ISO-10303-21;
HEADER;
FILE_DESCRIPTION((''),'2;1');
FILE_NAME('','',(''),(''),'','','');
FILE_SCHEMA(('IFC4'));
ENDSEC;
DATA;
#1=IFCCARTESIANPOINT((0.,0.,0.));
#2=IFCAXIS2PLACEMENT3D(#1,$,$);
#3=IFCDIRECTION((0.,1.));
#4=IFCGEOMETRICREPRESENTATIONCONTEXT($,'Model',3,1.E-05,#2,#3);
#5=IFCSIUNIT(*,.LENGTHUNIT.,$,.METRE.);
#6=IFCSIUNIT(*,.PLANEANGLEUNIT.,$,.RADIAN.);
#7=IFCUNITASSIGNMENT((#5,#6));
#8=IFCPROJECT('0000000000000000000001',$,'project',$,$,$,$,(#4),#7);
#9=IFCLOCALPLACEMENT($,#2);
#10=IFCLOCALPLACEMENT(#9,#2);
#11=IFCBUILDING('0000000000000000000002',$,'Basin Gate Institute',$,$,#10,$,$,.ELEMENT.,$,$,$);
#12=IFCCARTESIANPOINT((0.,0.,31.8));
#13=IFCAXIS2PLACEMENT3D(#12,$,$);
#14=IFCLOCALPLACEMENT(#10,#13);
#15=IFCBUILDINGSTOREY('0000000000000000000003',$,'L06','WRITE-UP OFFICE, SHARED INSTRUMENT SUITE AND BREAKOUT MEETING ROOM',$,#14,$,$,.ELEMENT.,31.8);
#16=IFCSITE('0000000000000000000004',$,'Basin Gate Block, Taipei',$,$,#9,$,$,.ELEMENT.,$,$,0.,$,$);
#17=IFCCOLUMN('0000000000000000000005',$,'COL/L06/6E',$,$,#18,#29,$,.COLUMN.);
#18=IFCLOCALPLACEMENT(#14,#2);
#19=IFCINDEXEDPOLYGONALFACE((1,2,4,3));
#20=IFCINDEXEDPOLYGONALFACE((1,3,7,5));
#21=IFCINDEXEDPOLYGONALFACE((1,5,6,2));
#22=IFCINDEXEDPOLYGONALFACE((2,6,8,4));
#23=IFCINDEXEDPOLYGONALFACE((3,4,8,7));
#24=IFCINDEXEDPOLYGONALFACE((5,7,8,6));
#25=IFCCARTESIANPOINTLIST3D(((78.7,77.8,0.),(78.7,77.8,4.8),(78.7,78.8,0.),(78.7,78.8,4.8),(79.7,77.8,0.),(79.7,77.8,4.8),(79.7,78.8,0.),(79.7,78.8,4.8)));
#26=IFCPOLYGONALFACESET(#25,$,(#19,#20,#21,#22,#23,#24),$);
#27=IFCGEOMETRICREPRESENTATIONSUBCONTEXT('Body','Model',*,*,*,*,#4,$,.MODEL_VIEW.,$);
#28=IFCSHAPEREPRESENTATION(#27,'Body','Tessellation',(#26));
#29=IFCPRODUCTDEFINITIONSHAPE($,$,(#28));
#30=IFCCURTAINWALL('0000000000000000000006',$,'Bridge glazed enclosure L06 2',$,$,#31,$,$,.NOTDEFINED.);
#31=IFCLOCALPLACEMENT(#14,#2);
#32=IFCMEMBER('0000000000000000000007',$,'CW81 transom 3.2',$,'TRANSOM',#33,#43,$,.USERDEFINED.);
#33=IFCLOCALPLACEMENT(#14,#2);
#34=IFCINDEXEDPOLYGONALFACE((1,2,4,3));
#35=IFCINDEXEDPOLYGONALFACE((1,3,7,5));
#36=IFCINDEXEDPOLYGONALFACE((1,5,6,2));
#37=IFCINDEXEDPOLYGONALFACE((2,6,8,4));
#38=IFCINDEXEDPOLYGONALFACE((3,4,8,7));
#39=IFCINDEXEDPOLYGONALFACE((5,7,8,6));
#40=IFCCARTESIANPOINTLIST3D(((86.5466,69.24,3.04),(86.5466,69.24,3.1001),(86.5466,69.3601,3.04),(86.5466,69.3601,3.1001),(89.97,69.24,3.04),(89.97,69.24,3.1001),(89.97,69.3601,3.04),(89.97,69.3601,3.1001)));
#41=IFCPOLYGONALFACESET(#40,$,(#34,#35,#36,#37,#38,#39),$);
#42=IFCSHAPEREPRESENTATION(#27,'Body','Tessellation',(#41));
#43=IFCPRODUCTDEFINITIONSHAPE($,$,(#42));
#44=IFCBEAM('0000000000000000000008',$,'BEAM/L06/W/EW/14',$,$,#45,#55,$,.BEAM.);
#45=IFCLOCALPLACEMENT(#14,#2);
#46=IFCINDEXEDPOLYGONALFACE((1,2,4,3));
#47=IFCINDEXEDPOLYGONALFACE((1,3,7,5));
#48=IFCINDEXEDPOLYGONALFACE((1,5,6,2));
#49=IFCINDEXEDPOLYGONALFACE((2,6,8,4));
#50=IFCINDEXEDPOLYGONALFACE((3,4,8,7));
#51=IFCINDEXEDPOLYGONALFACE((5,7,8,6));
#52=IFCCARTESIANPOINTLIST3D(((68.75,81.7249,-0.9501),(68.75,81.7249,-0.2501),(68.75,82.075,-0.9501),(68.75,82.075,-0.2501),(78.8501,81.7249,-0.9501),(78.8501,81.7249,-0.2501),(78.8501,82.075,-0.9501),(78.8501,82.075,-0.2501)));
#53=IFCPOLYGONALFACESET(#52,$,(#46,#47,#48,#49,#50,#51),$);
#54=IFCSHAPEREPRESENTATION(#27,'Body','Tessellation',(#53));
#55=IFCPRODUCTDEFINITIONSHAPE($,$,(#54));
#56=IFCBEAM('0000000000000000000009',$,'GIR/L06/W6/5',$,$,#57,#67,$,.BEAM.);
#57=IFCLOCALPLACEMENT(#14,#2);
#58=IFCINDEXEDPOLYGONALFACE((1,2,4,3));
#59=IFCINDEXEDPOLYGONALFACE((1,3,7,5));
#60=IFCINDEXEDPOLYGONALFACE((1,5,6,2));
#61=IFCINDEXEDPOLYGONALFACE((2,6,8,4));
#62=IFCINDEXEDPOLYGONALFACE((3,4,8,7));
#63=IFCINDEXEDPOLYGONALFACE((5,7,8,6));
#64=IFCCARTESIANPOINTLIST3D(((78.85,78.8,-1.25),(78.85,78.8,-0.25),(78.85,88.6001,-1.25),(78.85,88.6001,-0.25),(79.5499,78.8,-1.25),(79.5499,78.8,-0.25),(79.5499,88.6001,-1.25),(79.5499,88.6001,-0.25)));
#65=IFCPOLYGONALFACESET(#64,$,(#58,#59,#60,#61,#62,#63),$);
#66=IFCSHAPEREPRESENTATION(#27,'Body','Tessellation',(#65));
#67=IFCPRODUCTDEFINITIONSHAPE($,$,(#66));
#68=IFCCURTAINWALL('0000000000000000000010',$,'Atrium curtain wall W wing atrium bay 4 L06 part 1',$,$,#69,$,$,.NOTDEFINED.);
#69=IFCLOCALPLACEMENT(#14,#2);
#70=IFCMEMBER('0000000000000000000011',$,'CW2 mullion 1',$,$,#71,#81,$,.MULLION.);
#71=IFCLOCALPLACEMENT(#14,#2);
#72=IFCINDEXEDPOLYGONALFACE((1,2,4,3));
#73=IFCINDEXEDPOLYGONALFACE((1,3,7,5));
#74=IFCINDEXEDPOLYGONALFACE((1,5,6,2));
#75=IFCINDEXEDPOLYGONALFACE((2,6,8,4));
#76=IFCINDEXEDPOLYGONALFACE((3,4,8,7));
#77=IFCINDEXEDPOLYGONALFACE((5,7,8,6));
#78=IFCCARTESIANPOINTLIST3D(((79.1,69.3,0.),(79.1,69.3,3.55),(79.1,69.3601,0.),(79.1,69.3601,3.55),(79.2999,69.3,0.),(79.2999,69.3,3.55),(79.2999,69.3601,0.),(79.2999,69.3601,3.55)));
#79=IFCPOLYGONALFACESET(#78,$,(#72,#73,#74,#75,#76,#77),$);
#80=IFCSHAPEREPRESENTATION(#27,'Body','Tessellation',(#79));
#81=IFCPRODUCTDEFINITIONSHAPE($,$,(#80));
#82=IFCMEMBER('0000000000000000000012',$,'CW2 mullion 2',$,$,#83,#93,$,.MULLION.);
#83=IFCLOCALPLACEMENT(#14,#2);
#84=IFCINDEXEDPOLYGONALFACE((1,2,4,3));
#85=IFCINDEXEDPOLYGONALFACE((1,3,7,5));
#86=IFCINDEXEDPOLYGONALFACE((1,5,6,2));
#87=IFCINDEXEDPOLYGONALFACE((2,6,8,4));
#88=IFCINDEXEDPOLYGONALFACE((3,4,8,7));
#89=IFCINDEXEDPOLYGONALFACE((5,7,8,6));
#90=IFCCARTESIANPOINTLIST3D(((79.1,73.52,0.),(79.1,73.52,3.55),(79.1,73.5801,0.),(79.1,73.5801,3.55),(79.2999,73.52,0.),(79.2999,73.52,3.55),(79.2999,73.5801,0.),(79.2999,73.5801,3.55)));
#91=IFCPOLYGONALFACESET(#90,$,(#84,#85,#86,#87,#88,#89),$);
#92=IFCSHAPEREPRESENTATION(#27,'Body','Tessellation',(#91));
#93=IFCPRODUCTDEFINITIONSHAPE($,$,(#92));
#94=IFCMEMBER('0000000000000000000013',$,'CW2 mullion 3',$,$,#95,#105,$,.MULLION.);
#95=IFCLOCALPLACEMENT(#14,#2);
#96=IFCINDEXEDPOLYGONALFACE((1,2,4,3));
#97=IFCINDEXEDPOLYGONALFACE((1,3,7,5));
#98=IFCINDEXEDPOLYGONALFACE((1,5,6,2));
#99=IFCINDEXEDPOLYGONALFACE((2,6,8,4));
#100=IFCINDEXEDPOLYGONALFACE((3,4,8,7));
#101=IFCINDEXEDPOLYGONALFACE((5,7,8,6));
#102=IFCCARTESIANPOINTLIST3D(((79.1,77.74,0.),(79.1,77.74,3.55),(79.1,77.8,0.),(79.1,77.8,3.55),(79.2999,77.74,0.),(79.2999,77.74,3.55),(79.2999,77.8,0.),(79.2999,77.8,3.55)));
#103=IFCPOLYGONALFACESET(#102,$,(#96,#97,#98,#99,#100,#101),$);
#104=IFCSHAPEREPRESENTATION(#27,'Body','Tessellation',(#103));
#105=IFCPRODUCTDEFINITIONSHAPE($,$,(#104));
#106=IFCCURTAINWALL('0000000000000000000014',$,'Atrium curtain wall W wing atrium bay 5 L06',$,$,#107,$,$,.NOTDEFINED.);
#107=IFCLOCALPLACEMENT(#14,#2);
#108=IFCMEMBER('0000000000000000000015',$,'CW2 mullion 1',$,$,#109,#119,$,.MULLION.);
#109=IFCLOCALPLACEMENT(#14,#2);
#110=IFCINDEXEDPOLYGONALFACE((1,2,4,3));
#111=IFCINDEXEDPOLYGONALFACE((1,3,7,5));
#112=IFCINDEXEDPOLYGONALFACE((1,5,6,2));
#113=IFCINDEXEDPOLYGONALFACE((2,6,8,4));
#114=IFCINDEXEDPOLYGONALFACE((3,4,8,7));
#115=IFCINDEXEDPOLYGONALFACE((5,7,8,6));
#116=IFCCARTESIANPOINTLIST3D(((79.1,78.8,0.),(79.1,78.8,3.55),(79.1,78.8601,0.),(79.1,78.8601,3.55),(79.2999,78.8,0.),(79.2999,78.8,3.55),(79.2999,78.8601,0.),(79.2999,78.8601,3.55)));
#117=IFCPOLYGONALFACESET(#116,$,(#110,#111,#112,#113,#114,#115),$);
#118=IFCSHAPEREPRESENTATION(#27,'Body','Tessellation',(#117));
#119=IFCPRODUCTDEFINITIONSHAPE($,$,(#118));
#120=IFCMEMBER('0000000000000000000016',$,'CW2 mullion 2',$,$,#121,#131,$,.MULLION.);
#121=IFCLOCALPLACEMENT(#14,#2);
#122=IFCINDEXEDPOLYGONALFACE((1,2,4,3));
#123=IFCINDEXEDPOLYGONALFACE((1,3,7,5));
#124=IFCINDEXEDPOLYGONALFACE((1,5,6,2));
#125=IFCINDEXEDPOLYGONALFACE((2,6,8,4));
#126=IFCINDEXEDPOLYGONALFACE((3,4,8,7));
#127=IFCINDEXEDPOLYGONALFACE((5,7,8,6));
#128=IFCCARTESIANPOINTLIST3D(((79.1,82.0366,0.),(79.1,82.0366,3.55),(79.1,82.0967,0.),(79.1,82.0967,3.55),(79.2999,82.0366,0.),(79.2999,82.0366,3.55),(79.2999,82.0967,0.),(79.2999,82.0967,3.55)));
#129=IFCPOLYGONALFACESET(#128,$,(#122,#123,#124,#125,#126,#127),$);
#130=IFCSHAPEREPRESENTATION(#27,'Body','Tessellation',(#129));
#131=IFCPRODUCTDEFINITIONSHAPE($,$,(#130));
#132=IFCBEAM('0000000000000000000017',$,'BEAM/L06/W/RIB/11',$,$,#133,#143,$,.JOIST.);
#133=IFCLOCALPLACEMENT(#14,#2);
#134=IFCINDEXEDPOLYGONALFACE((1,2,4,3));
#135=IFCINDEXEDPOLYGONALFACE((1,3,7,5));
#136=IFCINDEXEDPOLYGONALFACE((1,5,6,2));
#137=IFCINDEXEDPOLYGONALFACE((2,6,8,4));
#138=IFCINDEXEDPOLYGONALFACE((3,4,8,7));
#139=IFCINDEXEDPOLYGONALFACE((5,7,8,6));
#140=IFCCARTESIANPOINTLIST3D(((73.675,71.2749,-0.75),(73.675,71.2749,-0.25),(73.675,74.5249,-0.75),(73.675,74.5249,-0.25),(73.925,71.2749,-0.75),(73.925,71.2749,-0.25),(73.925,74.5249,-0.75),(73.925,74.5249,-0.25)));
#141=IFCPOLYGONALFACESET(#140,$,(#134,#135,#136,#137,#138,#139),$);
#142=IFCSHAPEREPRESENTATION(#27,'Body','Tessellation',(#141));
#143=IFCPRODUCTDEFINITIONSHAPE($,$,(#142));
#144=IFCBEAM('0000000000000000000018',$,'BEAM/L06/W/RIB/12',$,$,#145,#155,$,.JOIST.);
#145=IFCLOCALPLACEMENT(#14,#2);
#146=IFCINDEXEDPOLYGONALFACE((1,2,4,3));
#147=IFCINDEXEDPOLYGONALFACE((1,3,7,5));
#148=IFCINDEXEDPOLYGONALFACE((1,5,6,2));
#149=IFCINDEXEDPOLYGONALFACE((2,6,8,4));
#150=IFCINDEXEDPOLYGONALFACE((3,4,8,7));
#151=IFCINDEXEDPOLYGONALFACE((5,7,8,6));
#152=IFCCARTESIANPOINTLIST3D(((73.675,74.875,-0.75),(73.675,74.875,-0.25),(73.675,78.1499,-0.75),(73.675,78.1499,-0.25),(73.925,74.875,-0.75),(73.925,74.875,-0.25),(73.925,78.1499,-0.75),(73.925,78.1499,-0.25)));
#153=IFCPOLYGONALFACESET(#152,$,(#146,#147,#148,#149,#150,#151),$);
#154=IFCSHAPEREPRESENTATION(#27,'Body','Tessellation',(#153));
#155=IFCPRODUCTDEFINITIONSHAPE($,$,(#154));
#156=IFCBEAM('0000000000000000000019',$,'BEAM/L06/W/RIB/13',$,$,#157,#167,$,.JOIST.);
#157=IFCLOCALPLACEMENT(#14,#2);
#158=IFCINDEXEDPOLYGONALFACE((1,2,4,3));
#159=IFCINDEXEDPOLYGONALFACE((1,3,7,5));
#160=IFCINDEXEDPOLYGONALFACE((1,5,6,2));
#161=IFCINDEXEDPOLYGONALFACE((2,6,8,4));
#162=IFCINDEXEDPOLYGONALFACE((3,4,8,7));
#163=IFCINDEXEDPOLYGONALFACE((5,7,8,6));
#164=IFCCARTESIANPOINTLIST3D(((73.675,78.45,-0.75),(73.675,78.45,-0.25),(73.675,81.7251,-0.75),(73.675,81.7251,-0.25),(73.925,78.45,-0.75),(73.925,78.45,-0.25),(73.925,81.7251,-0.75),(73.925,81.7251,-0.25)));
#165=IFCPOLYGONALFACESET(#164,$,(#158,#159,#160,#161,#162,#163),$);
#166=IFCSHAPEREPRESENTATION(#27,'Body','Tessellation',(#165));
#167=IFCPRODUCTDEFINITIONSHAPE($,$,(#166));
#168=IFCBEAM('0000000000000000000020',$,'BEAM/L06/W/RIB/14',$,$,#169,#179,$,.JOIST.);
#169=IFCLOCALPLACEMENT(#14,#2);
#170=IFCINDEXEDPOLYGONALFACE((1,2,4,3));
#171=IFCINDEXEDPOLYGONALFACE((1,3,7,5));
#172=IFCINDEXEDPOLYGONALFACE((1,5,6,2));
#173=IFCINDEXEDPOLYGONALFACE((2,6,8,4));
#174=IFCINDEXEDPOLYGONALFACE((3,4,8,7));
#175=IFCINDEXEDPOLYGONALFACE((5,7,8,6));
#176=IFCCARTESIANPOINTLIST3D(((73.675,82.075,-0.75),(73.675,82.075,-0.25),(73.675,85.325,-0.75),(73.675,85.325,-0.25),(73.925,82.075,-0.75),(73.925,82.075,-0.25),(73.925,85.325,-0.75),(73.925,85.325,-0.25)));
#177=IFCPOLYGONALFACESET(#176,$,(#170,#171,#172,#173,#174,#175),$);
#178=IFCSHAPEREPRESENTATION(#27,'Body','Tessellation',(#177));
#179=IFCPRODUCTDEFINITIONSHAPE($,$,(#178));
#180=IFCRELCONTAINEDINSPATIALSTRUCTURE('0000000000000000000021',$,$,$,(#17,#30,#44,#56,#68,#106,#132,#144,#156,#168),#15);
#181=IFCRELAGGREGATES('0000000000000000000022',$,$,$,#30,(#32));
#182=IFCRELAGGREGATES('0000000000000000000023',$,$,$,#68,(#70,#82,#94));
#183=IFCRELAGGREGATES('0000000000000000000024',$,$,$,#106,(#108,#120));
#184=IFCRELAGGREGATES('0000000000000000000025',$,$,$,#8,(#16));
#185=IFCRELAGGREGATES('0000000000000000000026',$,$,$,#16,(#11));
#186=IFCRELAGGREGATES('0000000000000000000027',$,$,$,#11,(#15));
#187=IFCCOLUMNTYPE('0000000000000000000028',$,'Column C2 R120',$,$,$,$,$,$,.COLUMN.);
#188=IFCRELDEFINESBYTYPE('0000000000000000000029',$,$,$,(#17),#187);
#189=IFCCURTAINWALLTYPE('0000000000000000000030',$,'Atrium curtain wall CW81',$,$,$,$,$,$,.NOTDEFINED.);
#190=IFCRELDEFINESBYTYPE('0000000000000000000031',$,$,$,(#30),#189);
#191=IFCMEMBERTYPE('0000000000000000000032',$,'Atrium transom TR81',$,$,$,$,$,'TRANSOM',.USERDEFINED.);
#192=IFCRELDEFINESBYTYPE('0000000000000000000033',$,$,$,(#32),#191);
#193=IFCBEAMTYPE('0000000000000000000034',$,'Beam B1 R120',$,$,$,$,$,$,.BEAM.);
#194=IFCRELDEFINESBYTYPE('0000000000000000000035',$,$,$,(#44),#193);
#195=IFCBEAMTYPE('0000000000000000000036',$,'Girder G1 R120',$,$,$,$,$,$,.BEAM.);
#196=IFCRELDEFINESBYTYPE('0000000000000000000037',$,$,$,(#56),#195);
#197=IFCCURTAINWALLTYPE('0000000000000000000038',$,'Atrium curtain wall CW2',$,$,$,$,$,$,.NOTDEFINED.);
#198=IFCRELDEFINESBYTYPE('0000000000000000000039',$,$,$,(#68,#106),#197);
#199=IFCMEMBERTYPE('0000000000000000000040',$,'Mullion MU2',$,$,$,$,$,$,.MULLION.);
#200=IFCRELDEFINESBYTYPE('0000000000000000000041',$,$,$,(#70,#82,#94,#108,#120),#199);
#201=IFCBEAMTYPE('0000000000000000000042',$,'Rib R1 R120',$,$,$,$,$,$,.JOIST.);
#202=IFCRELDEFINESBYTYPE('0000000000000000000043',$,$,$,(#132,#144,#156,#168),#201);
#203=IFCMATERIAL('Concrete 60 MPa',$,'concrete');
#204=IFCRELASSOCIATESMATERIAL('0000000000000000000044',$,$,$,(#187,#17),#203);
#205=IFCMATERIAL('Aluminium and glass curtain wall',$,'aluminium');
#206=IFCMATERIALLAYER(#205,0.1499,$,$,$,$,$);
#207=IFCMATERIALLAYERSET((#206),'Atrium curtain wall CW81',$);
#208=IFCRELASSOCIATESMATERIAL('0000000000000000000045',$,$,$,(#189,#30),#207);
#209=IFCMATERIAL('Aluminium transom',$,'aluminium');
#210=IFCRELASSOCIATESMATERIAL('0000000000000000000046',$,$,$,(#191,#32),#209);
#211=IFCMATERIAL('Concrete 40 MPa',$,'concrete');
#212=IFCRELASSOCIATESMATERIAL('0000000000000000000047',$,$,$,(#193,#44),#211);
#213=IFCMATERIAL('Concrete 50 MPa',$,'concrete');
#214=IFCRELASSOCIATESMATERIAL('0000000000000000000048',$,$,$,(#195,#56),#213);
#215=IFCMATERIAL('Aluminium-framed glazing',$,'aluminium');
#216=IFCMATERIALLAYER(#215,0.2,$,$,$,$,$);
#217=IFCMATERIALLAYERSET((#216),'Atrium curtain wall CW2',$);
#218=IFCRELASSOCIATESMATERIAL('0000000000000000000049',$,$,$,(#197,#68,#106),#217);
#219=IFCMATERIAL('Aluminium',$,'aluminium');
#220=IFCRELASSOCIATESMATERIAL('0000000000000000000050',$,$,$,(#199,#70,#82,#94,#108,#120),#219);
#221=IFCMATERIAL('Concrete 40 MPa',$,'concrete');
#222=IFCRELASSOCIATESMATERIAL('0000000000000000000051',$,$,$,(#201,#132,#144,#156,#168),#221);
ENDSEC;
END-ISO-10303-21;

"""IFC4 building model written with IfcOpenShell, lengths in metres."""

from ifc_helpers import new_model, si_unit, direction, frame, origin, origin_2d, place, context, subcontext, project, spatial, rectangle, extrude, material, layer, layer_set, material_profile, profile_set, type_object, element, aggregate, save


model = new_model("IFC4")

# Units and contexts
model_context = context("Model", 3, precision=1e-05, world=origin(), true_north=direction((0.0, 1.0)))
body_context = subcontext(model_context, "Body", "Model", "MODEL_VIEW")
ifc_project = project(units=[si_unit("LENGTHUNIT", "METRE"), si_unit("PLANEANGLEUNIT", "RADIAN")], contexts=[model_context])

# Site, building, storey
site_placement = place(None, origin())
site = spatial("IfcSite", under=ifc_project, at=site_placement, Name="Basin Gate Block, Taipei", CompositionType="ELEMENT", RefElevation=0.0)
building_placement = place(site_placement, origin())
building = spatial("IfcBuilding", under=site, at=building_placement, Name="Basin Gate Institute", CompositionType="ELEMENT")
storey_placement = place(building_placement, frame((0.0, 0.0, 31.8)))
storey = spatial("IfcBuildingStorey", under=building, at=storey_placement, Name="L06", Description="WRITE-UP OFFICE, SHARED INSTRUMENT SUITE AND BREAKOUT MEETING ROOM", CompositionType="ELEMENT", Elevation=31.8)

# Column
ifc_material_1 = material(Name="Concrete 60 MPa", Category="concrete")
ifc_material_profile_1 = material_profile(ifc_material_1, rectangle(XDim=1.0, YDim=1.0, at=origin_2d()), Name="Column C2 1000 x 1000")
ifc_profile_set_1 = profile_set([ifc_material_profile_1], Name="Concrete 60 MPa")
column_type = type_object("IfcColumnType", Name="Column C2 R120", PredefinedType="COLUMN", material=ifc_profile_set_1)
column_placement = place(storey_placement, frame((79.2, 78.3, 0.0), z_axis=(0.0, 0.0, 1.0), x_axis=(1.0, 0.0, 0.0)))
element("IfcColumn", 1, at=column_placement, inside=storey, type_object=column_type, material=ifc_profile_set_1, Name="COL/L06/6E", PredefinedType="COLUMN", context=body_context, shape_type="SweptSolid", body=[
    extrude(rectangle(XDim=1.0, YDim=1.0, at=origin_2d()), origin(), (0.0, 0.0, 1.0), 4.8),
])

# Curtain wall, member
ifc_material_2 = material(Name="Aluminium and glass curtain wall", Category="aluminium")
ifc_layer_1 = layer(ifc_material_2, 0.1499)
ifc_layer_set_1 = layer_set([ifc_layer_1], Name="Atrium curtain wall CW81")
curtain_wall_type_1 = type_object("IfcCurtainWallType", Name="Atrium curtain wall CW81", PredefinedType="NOTDEFINED", material=ifc_layer_set_1)
curtain_wall_1_placement = place(storey_placement, origin())
curtain_wall_1 = element("IfcCurtainWall", 2, at=curtain_wall_1_placement, inside=storey, type_object=curtain_wall_type_1, material=ifc_layer_set_1, Name="Bridge glazed enclosure L06 2", PredefinedType="NOTDEFINED")
ifc_material_3 = material(Name="Aluminium transom", Category="aluminium")
ifc_material_profile_2 = material_profile(ifc_material_3, rectangle(XDim=0.1201, YDim=0.0601, at=origin_2d()), Name="Atrium transom TR81 120 x 60")
ifc_profile_set_2 = profile_set([ifc_material_profile_2], Name="Aluminium transom")
member_type_1 = type_object("IfcMemberType", Name="Atrium transom TR81", ElementType="TRANSOM", PredefinedType="USERDEFINED", material=ifc_profile_set_2)
member_1_placement = place(storey_placement, frame((86.5466, 69.3, 3.0701), z_axis=(1.0, 0.0, 0.0), x_axis=(0.0, 1.0, 0.0)))
member_1 = element("IfcMember", 3, at=member_1_placement, type_object=member_type_1, material=ifc_profile_set_2, Name="CW81 transom 3.2", ObjectType="TRANSOM", PredefinedType="USERDEFINED", context=body_context, shape_type="SweptSolid", body=[
    extrude(rectangle(XDim=0.1201, YDim=0.0601, at=origin_2d()), origin(), (0.0, 0.0, 1.0), 3.4233),
])
aggregate(curtain_wall_1, [member_1])

# Beams
ifc_material_4 = material(Name="Concrete 40 MPa", Category="concrete")
ifc_material_profile_3 = material_profile(ifc_material_4, rectangle(XDim=0.3501, YDim=0.7, at=origin_2d()), Name="Beam B1 350 x 700")
ifc_profile_set_3 = profile_set([ifc_material_profile_3], Name="Concrete 40 MPa")
beam_type_1 = type_object("IfcBeamType", Name="Beam B1 R120", PredefinedType="BEAM", material=ifc_profile_set_3)
beam_1_placement = place(storey_placement, frame((68.75, 81.8999, -0.6001), z_axis=(1.0, 0.0, 0.0), x_axis=(0.0, 1.0, 0.0)))
element("IfcBeam", 4, at=beam_1_placement, inside=storey, type_object=beam_type_1, material=ifc_profile_set_3, Name="BEAM/L06/W/EW/14", PredefinedType="BEAM", context=body_context, shape_type="SweptSolid", body=[
    extrude(rectangle(XDim=0.3501, YDim=0.7, at=origin_2d()), origin(), (0.0, 0.0, 1.0), 10.1001),
])
ifc_material_5 = material(Name="Concrete 50 MPa", Category="concrete")
ifc_material_profile_4 = material_profile(ifc_material_5, rectangle(XDim=0.7, YDim=1.0, at=origin_2d()), Name="Girder G1 700 x 1000")
ifc_profile_set_4 = profile_set([ifc_material_profile_4], Name="Concrete 50 MPa")
beam_type_2 = type_object("IfcBeamType", Name="Girder G1 R120", PredefinedType="BEAM", material=ifc_profile_set_4)
beam_2_placement = place(storey_placement, frame((79.2, 78.8, -0.75), z_axis=(0.0, 1.0, 0.0), x_axis=(-1.0, 0.0, 0.0)))
element("IfcBeam", 5, at=beam_2_placement, inside=storey, type_object=beam_type_2, material=ifc_profile_set_4, Name="GIR/L06/W6/5", PredefinedType="BEAM", context=body_context, shape_type="SweptSolid", body=[
    extrude(rectangle(XDim=0.7, YDim=1.0, at=origin_2d()), origin(), (0.0, 0.0, 1.0), 9.8),
])

# Curtain walls, members
ifc_material_6 = material(Name="Aluminium-framed glazing", Category="aluminium")
ifc_layer_2 = layer(ifc_material_6, 0.2)
ifc_layer_set_2 = layer_set([ifc_layer_2], Name="Atrium curtain wall CW2")
curtain_wall_type_2 = type_object("IfcCurtainWallType", Name="Atrium curtain wall CW2", PredefinedType="NOTDEFINED", material=ifc_layer_set_2)
curtain_wall_2_placement = place(storey_placement, origin())
curtain_wall_2 = element("IfcCurtainWall", 6, at=curtain_wall_2_placement, inside=storey, type_object=curtain_wall_type_2, material=ifc_layer_set_2, Name="Atrium curtain wall W wing atrium bay 4 L06 part 1", PredefinedType="NOTDEFINED")
ifc_material_7 = material(Name="Aluminium", Category="aluminium")
ifc_material_profile_5 = material_profile(ifc_material_7, rectangle(XDim=0.2, YDim=0.0601, at=origin_2d()), Name="Mullion MU2 200 x 60")
ifc_profile_set_5 = profile_set([ifc_material_profile_5], Name="Aluminium")
member_type_2 = type_object("IfcMemberType", Name="Mullion MU2", PredefinedType="MULLION", material=ifc_profile_set_5)
member_2_placement = place(storey_placement, frame((79.2, 69.3301, 0.0), z_axis=(0.0, 0.0, 1.0), x_axis=(-1.0, 0.0, 0.0)))
member_2 = element("IfcMember", 7, at=member_2_placement, type_object=member_type_2, material=ifc_profile_set_5, Name="CW2 mullion 1", PredefinedType="MULLION", context=body_context, shape_type="SweptSolid", body=[
    extrude(rectangle(XDim=0.2, YDim=0.0601, at=origin_2d()), origin(), (0.0, 0.0, 1.0), 3.55),
])
member_3_placement = place(storey_placement, frame((79.2, 73.55, 0.0), z_axis=(0.0, 0.0, 1.0), x_axis=(-1.0, 0.0, 0.0)))
member_3 = element("IfcMember", 8, at=member_3_placement, type_object=member_type_2, material=ifc_profile_set_5, Name="CW2 mullion 2", PredefinedType="MULLION", context=body_context, shape_type="SweptSolid", body=[
    extrude(rectangle(XDim=0.2, YDim=0.0601, at=origin_2d()), origin(), (0.0, 0.0, 1.0), 3.55),
])
member_4_placement = place(storey_placement, frame((79.2, 77.77, 0.0), z_axis=(0.0, 0.0, 1.0), x_axis=(-1.0, 0.0, 0.0)))
member_4 = element("IfcMember", 9, at=member_4_placement, type_object=member_type_2, material=ifc_profile_set_5, Name="CW2 mullion 3", PredefinedType="MULLION", context=body_context, shape_type="SweptSolid", body=[
    extrude(rectangle(XDim=0.2, YDim=0.0601, at=origin_2d()), origin(), (0.0, 0.0, 1.0), 3.55),
])
curtain_wall_3_placement = place(storey_placement, origin())
curtain_wall_3 = element("IfcCurtainWall", 10, at=curtain_wall_3_placement, inside=storey, type_object=curtain_wall_type_2, material=ifc_layer_set_2, Name="Atrium curtain wall W wing atrium bay 5 L06", PredefinedType="NOTDEFINED")
member_5_placement = place(storey_placement, frame((79.2, 78.8301, 0.0), z_axis=(0.0, 0.0, 1.0), x_axis=(-1.0, 0.0, 0.0)))
member_5 = element("IfcMember", 11, at=member_5_placement, type_object=member_type_2, material=ifc_profile_set_5, Name="CW2 mullion 1", PredefinedType="MULLION", context=body_context, shape_type="SweptSolid", body=[
    extrude(rectangle(XDim=0.2, YDim=0.0601, at=origin_2d()), origin(), (0.0, 0.0, 1.0), 3.55),
])
member_6_placement = place(storey_placement, frame((79.2, 82.0667, 0.0), z_axis=(0.0, 0.0, 1.0), x_axis=(-1.0, 0.0, 0.0)))
member_6 = element("IfcMember", 12, at=member_6_placement, type_object=member_type_2, material=ifc_profile_set_5, Name="CW2 mullion 2", PredefinedType="MULLION", context=body_context, shape_type="SweptSolid", body=[
    extrude(rectangle(XDim=0.2, YDim=0.0601, at=origin_2d()), origin(), (0.0, 0.0, 1.0), 3.55),
])

# Beams
ifc_material_8 = material(Name="Concrete 40 MPa", Category="concrete")
ifc_material_profile_6 = material_profile(ifc_material_8, rectangle(XDim=0.25, YDim=0.5, at=origin_2d()), Name="Rib R1 250 x 500")
ifc_profile_set_6 = profile_set([ifc_material_profile_6], Name="Concrete 40 MPa")
beam_type_3 = type_object("IfcBeamType", Name="Rib R1 R120", PredefinedType="JOIST", material=ifc_profile_set_6)
beam_3_placement = place(storey_placement, frame((73.8, 71.2749, -0.5), z_axis=(0.0, 1.0, 0.0), x_axis=(-1.0, 0.0, 0.0)))
element("IfcBeam", 13, at=beam_3_placement, inside=storey, type_object=beam_type_3, material=ifc_profile_set_6, Name="BEAM/L06/W/RIB/11", PredefinedType="JOIST", context=body_context, shape_type="SweptSolid", body=[
    extrude(rectangle(XDim=0.25, YDim=0.5, at=origin_2d()), origin(), (0.0, 0.0, 1.0), 3.25),
])
beam_4_placement = place(storey_placement, frame((73.8, 74.875, -0.5), z_axis=(0.0, 1.0, 0.0), x_axis=(-1.0, 0.0, 0.0)))
element("IfcBeam", 14, at=beam_4_placement, inside=storey, type_object=beam_type_3, material=ifc_profile_set_6, Name="BEAM/L06/W/RIB/12", PredefinedType="JOIST", context=body_context, shape_type="SweptSolid", body=[
    extrude(rectangle(XDim=0.25, YDim=0.5, at=origin_2d()), origin(), (0.0, 0.0, 1.0), 3.2749),
])
beam_5_placement = place(storey_placement, frame((73.8, 78.45, -0.5), z_axis=(0.0, 1.0, 0.0), x_axis=(-1.0, 0.0, 0.0)))
element("IfcBeam", 15, at=beam_5_placement, inside=storey, type_object=beam_type_3, material=ifc_profile_set_6, Name="BEAM/L06/W/RIB/13", PredefinedType="JOIST", context=body_context, shape_type="SweptSolid", body=[
    extrude(rectangle(XDim=0.25, YDim=0.5, at=origin_2d()), origin(), (0.0, 0.0, 1.0), 3.2751),
])
beam_6_placement = place(storey_placement, frame((73.8, 82.075, -0.5), z_axis=(0.0, 1.0, 0.0), x_axis=(-1.0, 0.0, 0.0)))
element("IfcBeam", 16, at=beam_6_placement, inside=storey, type_object=beam_type_3, material=ifc_profile_set_6, Name="BEAM/L06/W/RIB/14", PredefinedType="JOIST", context=body_context, shape_type="SweptSolid", body=[
    extrude(rectangle(XDim=0.25, YDim=0.5, at=origin_2d()), origin(), (0.0, 0.0, 1.0), 3.25),
])

aggregate(curtain_wall_2, [member_2, member_3, member_4])
aggregate(curtain_wall_3, [member_5, member_6])

save(model, "model.ifc")
